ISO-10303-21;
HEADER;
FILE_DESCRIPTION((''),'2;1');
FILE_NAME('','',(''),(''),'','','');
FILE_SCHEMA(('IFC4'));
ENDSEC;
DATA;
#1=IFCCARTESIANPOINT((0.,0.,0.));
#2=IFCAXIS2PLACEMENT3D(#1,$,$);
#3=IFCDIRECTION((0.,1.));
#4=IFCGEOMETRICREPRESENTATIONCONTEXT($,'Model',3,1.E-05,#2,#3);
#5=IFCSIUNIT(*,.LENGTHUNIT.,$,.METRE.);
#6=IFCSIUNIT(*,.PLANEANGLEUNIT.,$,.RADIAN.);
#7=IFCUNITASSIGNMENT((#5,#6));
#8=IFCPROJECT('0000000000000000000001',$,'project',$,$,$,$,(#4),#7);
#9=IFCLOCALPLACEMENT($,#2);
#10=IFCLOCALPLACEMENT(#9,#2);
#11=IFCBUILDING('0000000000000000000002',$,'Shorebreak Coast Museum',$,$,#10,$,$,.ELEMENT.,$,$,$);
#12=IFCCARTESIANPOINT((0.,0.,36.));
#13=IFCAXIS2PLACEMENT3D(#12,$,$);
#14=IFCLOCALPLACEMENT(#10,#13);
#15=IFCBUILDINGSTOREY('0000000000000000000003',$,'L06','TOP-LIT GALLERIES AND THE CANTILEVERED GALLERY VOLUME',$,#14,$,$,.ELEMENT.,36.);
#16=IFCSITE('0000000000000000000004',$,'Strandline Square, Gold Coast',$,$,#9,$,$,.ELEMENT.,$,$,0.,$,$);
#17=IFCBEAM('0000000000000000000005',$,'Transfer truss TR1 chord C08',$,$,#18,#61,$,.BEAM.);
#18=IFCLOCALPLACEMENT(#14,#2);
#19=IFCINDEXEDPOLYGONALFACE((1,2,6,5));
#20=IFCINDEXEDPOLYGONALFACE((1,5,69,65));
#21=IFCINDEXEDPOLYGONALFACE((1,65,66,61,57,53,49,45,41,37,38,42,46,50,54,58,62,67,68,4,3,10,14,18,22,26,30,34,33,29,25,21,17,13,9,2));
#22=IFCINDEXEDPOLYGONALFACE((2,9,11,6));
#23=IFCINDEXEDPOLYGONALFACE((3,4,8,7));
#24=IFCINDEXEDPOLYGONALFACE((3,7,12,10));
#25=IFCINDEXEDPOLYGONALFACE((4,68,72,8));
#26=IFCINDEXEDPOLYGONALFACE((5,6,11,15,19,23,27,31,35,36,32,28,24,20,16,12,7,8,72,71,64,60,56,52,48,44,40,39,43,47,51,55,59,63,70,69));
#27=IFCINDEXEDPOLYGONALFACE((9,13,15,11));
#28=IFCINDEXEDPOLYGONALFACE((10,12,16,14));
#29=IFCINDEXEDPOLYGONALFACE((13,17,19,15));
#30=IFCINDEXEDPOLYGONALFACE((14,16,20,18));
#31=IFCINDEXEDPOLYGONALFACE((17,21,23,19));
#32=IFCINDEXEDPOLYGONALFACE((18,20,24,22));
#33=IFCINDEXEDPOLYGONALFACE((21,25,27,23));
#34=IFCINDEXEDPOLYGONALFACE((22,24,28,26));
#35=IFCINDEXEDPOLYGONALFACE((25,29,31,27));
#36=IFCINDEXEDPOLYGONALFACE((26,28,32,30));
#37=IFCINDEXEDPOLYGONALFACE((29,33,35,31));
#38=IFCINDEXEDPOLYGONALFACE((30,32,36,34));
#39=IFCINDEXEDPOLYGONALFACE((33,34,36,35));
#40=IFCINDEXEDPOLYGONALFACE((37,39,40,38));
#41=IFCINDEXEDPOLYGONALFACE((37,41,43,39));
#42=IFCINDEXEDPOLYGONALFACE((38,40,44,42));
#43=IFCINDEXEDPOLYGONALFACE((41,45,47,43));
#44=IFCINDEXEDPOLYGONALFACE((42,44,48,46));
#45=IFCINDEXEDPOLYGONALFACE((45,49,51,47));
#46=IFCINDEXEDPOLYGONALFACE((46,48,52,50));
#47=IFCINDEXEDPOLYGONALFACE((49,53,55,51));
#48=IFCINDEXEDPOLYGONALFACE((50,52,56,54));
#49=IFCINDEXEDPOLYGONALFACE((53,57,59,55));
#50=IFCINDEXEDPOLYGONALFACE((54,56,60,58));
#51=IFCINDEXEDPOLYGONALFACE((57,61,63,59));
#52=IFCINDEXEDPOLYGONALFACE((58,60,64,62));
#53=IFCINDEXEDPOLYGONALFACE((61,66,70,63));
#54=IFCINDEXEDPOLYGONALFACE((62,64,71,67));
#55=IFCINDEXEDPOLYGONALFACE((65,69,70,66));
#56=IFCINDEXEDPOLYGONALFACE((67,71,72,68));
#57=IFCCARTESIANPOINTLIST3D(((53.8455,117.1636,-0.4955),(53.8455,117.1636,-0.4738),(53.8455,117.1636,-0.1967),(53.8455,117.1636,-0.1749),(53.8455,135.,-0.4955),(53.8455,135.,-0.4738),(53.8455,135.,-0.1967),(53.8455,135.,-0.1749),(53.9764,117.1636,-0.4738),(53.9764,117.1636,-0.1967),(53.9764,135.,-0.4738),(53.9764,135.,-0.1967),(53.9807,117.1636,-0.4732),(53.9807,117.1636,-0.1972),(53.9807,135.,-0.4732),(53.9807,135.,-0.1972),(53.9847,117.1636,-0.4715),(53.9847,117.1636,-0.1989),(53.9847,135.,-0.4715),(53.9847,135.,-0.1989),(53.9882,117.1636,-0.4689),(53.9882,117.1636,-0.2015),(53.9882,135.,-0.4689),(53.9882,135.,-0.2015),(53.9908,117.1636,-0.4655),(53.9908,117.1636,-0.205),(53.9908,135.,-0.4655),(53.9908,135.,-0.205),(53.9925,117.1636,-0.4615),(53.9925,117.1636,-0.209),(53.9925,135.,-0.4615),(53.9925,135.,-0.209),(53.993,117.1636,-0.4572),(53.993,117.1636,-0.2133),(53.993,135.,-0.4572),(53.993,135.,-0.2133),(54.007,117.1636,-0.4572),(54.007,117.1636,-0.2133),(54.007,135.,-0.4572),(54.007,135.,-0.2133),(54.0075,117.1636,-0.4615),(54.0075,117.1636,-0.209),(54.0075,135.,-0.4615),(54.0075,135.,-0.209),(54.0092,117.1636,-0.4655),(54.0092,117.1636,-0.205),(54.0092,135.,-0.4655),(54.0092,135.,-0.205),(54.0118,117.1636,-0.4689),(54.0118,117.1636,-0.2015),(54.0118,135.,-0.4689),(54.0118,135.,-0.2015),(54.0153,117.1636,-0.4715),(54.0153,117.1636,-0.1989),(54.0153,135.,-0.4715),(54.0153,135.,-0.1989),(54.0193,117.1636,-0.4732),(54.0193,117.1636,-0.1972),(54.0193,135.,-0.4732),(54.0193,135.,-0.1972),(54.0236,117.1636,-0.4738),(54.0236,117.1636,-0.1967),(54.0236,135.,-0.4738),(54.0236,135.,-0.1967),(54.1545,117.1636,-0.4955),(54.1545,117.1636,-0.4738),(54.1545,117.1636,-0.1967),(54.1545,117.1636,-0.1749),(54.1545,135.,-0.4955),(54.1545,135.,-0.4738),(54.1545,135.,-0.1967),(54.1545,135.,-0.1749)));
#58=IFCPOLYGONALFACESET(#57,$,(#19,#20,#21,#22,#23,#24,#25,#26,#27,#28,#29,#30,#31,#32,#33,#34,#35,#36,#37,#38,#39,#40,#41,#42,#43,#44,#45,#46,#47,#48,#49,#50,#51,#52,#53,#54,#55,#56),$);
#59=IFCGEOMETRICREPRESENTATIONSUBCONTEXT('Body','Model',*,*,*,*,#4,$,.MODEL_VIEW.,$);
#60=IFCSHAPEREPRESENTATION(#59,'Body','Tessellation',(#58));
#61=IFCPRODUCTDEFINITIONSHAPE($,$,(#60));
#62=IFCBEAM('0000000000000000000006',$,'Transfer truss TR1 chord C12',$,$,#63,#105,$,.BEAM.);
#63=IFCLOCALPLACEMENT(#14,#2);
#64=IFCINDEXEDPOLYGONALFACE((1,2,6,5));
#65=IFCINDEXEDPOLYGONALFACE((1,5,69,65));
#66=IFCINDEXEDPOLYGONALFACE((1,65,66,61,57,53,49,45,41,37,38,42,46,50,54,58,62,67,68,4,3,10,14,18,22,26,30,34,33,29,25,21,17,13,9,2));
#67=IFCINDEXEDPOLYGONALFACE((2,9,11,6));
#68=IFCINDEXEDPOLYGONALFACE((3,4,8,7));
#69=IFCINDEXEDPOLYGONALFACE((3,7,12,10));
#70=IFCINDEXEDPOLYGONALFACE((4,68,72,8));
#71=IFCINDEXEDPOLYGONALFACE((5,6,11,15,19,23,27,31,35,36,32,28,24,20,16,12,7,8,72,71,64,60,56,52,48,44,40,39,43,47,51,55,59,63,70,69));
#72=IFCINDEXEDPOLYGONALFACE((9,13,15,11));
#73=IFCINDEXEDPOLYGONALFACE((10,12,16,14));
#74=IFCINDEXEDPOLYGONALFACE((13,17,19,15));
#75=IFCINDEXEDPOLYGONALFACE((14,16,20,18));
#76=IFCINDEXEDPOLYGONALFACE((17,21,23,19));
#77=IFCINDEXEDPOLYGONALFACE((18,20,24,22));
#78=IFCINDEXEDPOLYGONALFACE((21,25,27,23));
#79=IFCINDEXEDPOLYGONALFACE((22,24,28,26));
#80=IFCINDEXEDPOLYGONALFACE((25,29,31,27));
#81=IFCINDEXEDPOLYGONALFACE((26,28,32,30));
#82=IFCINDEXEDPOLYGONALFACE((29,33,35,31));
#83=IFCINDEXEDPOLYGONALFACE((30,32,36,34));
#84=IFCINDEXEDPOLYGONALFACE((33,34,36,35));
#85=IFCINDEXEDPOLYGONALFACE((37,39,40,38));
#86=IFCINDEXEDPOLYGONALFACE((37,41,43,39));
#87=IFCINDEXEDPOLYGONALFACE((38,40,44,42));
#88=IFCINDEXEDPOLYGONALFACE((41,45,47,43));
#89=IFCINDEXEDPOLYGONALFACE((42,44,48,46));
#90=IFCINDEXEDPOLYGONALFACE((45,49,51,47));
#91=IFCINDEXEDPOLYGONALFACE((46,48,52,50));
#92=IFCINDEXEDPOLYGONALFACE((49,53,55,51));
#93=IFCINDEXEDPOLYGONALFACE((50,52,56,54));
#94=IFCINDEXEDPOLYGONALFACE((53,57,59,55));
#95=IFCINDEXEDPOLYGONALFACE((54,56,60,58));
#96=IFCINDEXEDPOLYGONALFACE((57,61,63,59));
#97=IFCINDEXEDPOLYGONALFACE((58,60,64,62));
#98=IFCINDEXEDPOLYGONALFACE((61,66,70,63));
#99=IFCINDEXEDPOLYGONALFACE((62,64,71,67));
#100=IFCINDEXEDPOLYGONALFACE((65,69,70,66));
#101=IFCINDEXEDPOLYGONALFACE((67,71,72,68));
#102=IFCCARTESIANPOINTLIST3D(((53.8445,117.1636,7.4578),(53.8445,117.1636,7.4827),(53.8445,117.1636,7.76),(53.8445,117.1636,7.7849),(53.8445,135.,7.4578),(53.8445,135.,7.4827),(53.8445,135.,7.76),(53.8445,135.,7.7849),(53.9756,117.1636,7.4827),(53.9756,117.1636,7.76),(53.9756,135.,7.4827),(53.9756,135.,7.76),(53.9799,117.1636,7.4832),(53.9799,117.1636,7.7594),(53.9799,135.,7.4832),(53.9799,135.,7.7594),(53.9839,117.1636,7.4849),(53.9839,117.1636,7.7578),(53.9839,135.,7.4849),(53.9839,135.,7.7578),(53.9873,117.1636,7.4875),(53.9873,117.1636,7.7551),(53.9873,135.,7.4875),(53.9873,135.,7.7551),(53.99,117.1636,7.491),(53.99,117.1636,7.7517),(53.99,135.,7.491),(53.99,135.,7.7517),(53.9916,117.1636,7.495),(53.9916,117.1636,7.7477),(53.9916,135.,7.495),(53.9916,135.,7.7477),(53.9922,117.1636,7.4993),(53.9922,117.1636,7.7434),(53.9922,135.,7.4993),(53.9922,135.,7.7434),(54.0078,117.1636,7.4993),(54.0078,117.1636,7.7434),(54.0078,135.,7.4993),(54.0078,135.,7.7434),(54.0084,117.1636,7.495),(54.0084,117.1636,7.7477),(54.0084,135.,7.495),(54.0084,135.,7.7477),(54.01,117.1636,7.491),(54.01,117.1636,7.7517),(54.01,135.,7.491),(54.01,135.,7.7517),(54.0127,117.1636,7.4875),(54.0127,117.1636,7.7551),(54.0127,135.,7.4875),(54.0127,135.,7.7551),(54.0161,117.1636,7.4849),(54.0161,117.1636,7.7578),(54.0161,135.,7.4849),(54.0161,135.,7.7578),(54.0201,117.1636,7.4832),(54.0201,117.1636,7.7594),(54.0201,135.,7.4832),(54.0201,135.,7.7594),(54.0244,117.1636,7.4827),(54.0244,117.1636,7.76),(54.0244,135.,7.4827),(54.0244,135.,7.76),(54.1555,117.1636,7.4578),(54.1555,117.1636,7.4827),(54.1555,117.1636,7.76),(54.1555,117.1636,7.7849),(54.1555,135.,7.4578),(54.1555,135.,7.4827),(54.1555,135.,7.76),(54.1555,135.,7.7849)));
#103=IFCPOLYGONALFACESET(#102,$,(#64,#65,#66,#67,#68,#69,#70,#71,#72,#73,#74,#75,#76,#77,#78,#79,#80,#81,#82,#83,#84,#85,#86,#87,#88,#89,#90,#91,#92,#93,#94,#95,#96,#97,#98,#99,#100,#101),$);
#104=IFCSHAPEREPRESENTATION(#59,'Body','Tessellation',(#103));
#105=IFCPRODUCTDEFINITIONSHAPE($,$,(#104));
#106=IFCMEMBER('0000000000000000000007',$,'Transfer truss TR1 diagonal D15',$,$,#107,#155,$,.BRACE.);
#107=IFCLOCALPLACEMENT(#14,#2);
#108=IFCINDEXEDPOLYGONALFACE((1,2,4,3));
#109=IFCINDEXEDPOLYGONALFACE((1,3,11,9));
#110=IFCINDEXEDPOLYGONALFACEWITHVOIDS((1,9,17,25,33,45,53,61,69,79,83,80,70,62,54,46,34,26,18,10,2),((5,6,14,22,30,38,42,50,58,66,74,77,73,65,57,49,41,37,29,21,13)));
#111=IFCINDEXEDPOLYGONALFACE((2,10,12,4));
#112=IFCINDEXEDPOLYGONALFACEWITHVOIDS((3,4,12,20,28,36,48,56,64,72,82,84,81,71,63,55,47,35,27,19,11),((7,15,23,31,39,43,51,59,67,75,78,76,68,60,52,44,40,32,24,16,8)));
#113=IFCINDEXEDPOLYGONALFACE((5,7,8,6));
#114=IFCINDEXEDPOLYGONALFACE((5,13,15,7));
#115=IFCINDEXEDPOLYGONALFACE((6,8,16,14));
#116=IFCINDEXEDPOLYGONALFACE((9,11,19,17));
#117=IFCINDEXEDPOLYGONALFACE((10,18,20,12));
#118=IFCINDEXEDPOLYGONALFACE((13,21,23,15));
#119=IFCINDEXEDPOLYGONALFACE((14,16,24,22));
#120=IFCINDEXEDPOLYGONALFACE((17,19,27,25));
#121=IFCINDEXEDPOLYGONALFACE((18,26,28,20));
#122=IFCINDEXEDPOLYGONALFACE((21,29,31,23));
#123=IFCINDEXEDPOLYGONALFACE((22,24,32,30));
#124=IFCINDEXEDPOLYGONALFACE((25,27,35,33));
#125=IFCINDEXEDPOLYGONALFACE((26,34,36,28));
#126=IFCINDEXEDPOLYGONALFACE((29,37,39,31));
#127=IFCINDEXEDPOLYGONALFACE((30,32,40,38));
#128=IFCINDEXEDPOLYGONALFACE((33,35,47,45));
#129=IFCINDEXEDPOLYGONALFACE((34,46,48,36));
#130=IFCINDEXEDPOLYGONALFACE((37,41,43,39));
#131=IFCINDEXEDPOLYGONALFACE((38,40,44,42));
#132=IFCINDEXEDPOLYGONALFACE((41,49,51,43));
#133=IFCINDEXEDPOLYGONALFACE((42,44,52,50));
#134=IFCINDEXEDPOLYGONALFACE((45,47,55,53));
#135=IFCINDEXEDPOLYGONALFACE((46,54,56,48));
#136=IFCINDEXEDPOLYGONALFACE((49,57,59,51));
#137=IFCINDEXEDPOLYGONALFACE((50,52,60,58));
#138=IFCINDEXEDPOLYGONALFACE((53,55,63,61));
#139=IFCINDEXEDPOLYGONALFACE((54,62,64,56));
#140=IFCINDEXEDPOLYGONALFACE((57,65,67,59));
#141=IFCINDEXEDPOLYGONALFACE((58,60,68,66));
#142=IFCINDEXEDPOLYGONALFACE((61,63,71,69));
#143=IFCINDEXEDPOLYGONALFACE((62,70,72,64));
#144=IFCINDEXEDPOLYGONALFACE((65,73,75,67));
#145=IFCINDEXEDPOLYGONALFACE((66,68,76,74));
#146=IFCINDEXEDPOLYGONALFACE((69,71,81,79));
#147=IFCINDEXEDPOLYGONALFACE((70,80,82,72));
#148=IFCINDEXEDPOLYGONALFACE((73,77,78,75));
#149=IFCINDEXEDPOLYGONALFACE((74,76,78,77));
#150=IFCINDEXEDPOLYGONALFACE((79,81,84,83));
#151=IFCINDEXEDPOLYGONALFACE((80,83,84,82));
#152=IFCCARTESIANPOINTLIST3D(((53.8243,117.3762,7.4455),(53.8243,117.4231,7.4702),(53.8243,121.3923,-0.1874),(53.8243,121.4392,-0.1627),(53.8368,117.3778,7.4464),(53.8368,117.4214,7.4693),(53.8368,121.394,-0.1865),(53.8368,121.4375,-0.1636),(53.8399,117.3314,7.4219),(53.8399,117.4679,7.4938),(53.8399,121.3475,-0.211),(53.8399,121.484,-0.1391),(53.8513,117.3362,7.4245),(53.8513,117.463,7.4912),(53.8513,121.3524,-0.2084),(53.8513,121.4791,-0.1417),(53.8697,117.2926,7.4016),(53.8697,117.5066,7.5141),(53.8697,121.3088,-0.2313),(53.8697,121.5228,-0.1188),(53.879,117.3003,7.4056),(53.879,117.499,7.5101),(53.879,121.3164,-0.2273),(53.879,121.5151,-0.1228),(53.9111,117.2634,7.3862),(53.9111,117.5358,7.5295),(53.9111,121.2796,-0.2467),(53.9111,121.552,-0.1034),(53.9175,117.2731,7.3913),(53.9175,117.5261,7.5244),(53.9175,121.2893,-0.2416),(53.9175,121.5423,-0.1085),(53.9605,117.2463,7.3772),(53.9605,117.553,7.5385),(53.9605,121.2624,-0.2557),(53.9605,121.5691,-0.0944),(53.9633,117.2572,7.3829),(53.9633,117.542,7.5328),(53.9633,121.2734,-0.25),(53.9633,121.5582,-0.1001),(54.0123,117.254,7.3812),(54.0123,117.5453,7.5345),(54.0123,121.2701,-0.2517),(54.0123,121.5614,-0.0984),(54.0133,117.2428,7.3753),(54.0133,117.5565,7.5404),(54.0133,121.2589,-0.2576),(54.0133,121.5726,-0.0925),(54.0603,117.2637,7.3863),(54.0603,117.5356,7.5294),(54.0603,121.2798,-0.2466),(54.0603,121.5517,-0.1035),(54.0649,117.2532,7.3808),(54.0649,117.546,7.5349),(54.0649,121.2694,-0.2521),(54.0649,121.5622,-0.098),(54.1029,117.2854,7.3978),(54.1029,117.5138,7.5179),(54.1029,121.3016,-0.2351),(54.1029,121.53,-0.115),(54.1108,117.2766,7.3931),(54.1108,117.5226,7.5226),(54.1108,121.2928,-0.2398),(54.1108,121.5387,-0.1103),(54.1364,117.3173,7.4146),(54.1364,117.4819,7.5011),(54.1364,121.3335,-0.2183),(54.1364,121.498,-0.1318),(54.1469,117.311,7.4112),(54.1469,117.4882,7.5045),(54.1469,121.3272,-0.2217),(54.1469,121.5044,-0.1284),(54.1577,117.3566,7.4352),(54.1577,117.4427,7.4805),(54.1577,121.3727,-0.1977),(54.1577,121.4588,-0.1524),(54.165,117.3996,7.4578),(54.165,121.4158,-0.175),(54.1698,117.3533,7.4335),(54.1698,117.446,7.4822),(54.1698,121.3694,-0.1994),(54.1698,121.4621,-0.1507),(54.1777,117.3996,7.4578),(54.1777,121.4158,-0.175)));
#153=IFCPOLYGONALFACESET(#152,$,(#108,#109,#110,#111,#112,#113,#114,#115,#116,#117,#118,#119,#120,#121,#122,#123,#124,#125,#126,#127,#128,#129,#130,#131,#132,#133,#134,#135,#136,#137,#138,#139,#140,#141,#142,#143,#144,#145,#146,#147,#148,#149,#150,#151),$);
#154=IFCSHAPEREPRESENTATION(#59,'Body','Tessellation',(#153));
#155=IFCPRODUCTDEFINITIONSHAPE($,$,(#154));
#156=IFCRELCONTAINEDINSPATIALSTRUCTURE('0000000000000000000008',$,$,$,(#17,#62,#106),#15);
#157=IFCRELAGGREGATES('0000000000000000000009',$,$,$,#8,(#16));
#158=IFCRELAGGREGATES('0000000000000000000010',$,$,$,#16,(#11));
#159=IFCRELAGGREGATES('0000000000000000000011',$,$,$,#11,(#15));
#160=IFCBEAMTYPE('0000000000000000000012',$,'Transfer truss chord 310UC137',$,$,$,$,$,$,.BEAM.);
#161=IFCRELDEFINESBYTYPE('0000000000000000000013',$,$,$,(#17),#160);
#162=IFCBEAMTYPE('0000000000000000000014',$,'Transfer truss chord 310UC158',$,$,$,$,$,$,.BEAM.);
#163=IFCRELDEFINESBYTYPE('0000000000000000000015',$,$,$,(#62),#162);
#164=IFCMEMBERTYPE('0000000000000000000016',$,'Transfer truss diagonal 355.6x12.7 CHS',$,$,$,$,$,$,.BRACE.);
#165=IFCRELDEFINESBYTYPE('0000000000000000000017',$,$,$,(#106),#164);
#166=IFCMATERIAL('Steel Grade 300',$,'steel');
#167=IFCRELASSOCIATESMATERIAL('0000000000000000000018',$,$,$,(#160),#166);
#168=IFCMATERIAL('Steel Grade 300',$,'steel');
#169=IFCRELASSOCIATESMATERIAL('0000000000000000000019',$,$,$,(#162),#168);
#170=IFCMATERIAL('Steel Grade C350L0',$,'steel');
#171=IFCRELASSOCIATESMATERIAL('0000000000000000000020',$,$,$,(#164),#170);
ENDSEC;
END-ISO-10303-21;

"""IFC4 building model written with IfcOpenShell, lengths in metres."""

from ifc_helpers import new_model, si_unit, direction, frame, origin, origin_2d, place, context, subcontext, project, spatial, hollow_circle, i_section, extrude, material, material_profile, profile_set, type_object, element, save


model = new_model("IFC4")

# Units and contexts
model_context = context("Model", 3, precision=1e-05, world=origin(), true_north=direction((0.0, 1.0)))
body_context = subcontext(model_context, "Body", "Model", "MODEL_VIEW")
ifc_project = project(units=[si_unit("LENGTHUNIT", "METRE"), si_unit("PLANEANGLEUNIT", "RADIAN")], contexts=[model_context])

# Site, building, storey
site_placement = place(None, origin())
site = spatial("IfcSite", under=ifc_project, at=site_placement, Name="Strandline Square, Gold Coast", CompositionType="ELEMENT", RefElevation=0.0)
building_placement = place(site_placement, origin())
building = spatial("IfcBuilding", under=site, at=building_placement, Name="Shorebreak Coast Museum", CompositionType="ELEMENT")
storey_placement = place(building_placement, frame((0.0, 0.0, 36.0)))
storey = spatial("IfcBuildingStorey", under=building, at=storey_placement, Name="L06", Description="TOP-LIT GALLERIES AND THE CANTILEVERED GALLERY VOLUME", CompositionType="ELEMENT", Elevation=36.0)

# Beams
ifc_material_1 = material(Name="Steel Grade 300", Category="steel")
ifc_material_profile_1 = material_profile(ifc_material_1, i_section(OverallWidth=0.3091, OverallDepth=0.3206, WebThickness=0.0139, FlangeThickness=0.0217, FilletRadius=0.0166, at=origin_2d()), Name="310UC137")
ifc_profile_set_1 = profile_set([ifc_material_profile_1], Name="Steel Grade 300")
beam_type_1 = type_object("IfcBeamType", Name="Transfer truss chord 310UC137", PredefinedType="BEAM", material=ifc_profile_set_1)
beam_1_placement = place(storey_placement, frame((54.0, 117.1636, -0.3352), z_axis=(0.0, 1.0, 0.0), x_axis=(-1.0, 0.0, 0.0)))
element("IfcBeam", 1, at=beam_1_placement, inside=storey, type_object=beam_type_1, Name="Transfer truss TR1 chord C08", PredefinedType="BEAM", context=body_context, shape_type="SweptSolid", body=[
    extrude(i_section(OverallWidth=0.3091, OverallDepth=0.3206, WebThickness=0.0139, FlangeThickness=0.0217, FilletRadius=0.0166, at=origin_2d()), origin(), (0.0, 0.0, 1.0), 17.8364),
])
ifc_material_2 = material(Name="Steel Grade 300", Category="steel")
ifc_material_profile_2 = material_profile(ifc_material_2, i_section(OverallWidth=0.311, OverallDepth=0.3271, WebThickness=0.0156, FlangeThickness=0.0249, FilletRadius=0.0166, at=origin_2d()), Name="310UC158")
ifc_profile_set_2 = profile_set([ifc_material_profile_2], Name="Steel Grade 300")
beam_type_2 = type_object("IfcBeamType", Name="Transfer truss chord 310UC158", PredefinedType="BEAM", material=ifc_profile_set_2)
beam_2_placement = place(storey_placement, frame((54.0, 117.1636, 7.6213), z_axis=(0.0, 1.0, 0.0), x_axis=(-1.0, 0.0, 0.0)))
element("IfcBeam", 2, at=beam_2_placement, inside=storey, type_object=beam_type_2, Name="Transfer truss TR1 chord C12", PredefinedType="BEAM", context=body_context, shape_type="SweptSolid", body=[
    extrude(i_section(OverallWidth=0.311, OverallDepth=0.3271, WebThickness=0.0156, FlangeThickness=0.0249, FilletRadius=0.0166, at=origin_2d()), origin(), (0.0, 0.0, 1.0), 17.8364),
])

# Member
ifc_material_3 = material(Name="Steel Grade C350L0", Category="steel")
ifc_material_profile_3 = material_profile(ifc_material_3, hollow_circle(Radius=0.1777, WallThickness=0.0127, at=origin_2d()), Name="355.6x12.7 CHS")
ifc_profile_set_3 = profile_set([ifc_material_profile_3], Name="Steel Grade C350L0")
member_type_1 = type_object("IfcMemberType", Name="Transfer truss diagonal 355.6x12.7 CHS", PredefinedType="BRACE", material=ifc_profile_set_3)
member_1_placement = place(storey_placement, frame((54.0, 121.4158, -0.175), z_axis=(0.0, -0.465641, 0.884973), x_axis=(1.0, 0.0, 0.0)))
element("IfcMember", 3, at=member_1_placement, inside=storey, type_object=member_type_1, Name="Transfer truss TR1 diagonal D15", PredefinedType="BRACE", context=body_context, shape_type="SweptSolid", body=[
    extrude(hollow_circle(Radius=0.1777, WallThickness=0.0127, at=origin_2d()), origin(), (0.0, 0.0, 1.0), 8.625),
])

save(model, "model.ifc")
